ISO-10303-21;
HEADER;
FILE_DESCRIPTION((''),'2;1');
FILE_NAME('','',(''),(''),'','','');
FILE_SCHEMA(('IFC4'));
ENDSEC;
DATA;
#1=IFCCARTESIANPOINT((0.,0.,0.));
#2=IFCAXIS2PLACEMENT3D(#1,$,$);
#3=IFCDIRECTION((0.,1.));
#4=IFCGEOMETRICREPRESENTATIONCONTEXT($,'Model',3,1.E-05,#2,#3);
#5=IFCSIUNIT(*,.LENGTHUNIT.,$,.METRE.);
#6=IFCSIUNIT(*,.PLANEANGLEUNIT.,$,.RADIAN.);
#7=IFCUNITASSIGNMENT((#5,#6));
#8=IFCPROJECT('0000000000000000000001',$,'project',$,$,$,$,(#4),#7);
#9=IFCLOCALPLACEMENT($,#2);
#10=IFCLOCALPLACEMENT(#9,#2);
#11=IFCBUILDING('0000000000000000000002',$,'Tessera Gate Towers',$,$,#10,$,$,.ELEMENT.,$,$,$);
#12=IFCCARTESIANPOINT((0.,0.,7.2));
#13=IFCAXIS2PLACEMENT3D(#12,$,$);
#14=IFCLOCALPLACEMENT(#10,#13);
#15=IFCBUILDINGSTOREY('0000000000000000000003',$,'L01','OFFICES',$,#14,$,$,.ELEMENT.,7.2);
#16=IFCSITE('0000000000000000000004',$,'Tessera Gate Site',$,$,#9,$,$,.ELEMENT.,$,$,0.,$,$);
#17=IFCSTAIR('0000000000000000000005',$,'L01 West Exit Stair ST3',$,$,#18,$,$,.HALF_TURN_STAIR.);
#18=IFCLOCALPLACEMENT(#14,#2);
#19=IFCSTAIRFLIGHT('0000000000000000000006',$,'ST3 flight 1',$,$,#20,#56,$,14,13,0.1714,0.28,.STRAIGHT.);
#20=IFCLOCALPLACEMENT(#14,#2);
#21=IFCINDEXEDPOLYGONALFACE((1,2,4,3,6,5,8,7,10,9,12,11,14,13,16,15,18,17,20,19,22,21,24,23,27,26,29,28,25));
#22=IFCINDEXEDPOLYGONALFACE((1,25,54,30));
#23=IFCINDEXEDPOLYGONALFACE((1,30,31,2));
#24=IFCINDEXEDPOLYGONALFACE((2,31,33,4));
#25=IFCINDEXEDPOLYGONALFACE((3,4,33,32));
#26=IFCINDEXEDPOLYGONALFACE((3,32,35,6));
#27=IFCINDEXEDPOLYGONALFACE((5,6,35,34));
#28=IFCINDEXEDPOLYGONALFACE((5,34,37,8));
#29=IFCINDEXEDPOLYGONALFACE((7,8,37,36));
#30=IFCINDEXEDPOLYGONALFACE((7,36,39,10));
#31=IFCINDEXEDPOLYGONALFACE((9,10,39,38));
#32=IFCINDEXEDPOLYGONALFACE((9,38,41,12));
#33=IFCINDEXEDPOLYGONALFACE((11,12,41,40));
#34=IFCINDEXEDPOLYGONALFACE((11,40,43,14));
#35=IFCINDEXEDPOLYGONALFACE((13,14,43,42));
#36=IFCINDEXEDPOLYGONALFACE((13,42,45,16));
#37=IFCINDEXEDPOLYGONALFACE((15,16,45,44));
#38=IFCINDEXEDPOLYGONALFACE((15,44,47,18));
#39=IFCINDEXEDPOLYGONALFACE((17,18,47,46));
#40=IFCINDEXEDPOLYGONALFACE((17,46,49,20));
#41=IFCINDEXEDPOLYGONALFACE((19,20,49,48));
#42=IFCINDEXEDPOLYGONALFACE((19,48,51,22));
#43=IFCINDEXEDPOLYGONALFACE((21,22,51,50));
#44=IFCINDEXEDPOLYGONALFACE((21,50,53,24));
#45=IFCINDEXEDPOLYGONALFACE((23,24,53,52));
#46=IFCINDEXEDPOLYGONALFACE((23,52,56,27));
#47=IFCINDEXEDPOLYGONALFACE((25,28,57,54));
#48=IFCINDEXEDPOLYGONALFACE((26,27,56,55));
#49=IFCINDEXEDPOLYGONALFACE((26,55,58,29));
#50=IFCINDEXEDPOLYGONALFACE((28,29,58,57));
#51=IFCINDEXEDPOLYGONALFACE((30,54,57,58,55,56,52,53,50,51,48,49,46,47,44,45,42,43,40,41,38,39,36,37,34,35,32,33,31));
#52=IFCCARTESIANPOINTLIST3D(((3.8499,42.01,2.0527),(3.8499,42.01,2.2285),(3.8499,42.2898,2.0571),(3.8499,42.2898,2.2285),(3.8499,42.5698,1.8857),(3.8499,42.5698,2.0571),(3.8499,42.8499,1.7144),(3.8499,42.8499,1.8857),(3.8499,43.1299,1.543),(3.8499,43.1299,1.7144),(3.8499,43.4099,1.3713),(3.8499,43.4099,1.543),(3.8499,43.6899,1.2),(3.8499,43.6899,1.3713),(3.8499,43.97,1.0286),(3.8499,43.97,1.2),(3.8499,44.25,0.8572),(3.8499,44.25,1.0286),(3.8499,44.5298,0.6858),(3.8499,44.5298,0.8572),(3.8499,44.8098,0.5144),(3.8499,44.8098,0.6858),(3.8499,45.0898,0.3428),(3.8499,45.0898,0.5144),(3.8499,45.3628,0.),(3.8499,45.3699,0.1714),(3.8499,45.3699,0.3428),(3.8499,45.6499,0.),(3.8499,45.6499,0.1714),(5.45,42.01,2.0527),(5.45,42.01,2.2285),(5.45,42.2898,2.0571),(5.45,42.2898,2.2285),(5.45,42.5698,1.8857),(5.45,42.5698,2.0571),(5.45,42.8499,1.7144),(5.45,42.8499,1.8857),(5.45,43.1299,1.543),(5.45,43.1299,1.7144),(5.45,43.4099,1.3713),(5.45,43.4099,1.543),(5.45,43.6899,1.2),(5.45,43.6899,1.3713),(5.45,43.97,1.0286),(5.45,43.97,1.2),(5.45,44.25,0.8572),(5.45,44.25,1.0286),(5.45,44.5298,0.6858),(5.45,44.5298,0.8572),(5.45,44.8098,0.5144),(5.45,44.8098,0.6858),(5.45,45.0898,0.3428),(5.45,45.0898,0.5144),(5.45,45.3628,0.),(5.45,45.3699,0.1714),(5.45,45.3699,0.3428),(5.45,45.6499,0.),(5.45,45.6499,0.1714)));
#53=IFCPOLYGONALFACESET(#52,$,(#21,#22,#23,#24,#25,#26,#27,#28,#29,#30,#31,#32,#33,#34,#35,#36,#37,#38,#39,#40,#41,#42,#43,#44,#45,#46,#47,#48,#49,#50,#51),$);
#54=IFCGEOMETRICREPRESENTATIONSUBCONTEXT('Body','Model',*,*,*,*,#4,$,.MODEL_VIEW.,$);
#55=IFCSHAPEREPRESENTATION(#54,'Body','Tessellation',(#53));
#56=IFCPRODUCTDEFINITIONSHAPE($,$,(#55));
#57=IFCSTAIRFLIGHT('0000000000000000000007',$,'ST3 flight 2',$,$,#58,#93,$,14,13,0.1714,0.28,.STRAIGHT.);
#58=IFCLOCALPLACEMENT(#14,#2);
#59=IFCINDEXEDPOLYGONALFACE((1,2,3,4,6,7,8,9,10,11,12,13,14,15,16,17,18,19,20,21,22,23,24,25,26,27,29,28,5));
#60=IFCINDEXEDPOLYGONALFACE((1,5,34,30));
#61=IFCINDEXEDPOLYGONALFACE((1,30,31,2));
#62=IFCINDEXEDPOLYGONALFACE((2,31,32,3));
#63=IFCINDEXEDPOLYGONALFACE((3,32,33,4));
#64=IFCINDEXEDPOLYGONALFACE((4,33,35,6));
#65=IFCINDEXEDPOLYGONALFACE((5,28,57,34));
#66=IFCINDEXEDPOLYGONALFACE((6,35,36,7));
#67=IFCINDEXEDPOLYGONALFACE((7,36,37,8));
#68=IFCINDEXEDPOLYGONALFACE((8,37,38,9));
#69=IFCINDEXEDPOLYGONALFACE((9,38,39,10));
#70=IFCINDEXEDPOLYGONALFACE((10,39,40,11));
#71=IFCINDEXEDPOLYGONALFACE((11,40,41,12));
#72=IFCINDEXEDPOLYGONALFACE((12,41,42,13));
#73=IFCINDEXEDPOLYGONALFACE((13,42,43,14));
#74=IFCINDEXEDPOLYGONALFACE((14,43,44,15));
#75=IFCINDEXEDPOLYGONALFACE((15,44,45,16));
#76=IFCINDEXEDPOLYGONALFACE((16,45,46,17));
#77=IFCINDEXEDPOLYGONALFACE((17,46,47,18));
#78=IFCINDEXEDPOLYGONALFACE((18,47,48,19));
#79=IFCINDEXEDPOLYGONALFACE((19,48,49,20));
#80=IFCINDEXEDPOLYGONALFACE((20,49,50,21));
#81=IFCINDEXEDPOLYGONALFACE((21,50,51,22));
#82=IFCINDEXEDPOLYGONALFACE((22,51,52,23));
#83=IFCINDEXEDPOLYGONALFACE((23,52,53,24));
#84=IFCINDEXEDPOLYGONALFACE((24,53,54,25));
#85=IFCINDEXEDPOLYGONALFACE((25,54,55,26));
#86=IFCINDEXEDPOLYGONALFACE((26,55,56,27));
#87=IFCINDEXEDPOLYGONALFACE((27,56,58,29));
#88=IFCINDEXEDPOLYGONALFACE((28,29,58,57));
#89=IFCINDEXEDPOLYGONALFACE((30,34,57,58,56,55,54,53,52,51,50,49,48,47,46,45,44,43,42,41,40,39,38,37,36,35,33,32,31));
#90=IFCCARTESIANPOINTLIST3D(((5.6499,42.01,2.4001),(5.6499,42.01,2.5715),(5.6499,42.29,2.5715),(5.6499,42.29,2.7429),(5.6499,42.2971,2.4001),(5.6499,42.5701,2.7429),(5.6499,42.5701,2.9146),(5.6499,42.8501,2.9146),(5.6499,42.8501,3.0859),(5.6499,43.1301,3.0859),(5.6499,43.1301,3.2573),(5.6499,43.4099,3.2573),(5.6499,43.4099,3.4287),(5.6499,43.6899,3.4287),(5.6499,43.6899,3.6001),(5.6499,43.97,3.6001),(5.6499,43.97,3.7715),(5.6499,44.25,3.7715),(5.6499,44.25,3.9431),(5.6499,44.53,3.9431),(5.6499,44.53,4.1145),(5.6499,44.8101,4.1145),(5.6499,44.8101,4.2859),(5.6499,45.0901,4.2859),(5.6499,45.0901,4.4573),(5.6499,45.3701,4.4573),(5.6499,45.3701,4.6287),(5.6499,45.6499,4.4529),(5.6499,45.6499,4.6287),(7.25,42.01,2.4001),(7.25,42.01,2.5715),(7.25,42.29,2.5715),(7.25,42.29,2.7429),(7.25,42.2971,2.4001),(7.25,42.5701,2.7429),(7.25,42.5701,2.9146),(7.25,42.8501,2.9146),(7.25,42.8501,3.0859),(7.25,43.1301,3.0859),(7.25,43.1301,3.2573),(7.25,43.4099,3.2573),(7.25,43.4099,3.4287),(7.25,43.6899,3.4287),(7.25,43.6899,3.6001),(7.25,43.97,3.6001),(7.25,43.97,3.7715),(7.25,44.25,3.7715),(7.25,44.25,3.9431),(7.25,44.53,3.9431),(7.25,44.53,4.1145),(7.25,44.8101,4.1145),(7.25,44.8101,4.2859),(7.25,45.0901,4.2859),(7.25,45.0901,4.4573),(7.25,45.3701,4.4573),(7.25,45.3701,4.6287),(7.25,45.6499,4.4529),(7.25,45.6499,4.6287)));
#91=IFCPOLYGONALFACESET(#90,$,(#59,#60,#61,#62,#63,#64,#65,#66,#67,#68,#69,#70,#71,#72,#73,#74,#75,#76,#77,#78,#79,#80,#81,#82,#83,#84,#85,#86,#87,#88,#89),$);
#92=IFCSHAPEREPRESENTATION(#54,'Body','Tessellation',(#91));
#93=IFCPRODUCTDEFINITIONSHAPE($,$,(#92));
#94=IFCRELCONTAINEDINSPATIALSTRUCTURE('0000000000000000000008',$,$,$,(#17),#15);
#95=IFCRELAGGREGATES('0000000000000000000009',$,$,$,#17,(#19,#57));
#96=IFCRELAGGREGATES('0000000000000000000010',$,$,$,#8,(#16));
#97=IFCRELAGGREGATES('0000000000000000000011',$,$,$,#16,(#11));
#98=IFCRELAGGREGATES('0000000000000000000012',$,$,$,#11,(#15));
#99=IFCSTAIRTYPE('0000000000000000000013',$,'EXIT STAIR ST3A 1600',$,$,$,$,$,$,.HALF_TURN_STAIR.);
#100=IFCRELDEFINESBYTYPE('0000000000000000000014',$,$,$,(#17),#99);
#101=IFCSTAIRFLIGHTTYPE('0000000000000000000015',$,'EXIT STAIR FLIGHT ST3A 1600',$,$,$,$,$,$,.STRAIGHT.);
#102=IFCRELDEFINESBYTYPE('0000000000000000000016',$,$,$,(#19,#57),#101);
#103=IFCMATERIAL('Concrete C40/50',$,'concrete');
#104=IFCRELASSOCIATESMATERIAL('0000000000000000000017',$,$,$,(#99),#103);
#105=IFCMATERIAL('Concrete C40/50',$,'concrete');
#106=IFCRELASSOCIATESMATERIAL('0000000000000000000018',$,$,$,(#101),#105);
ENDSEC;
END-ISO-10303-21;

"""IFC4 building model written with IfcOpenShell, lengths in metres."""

from ifc_helpers import new_model, si_unit, direction, frame, origin, place, context, subcontext, project, spatial, polyline, outline, extrude, material, type_object, element, aggregate, save


model = new_model("IFC4")

# Units and contexts
model_context = context("Model", 3, precision=1e-05, world=origin(), true_north=direction((0.0, 1.0)))
body_context = subcontext(model_context, "Body", "Model", "MODEL_VIEW")
ifc_project = project(units=[si_unit("LENGTHUNIT", "METRE"), si_unit("PLANEANGLEUNIT", "RADIAN")], contexts=[model_context])

# Site, building, storey
site_placement = place(None, origin())
site = spatial("IfcSite", under=ifc_project, at=site_placement, Name="Tessera Gate Site", CompositionType="ELEMENT", RefElevation=0.0)
building_placement = place(site_placement, origin())
building = spatial("IfcBuilding", under=site, at=building_placement, Name="Tessera Gate Towers", CompositionType="ELEMENT")
storey_placement = place(building_placement, frame((0.0, 0.0, 7.2)))
storey = spatial("IfcBuildingStorey", under=building, at=storey_placement, Name="L01", Description="OFFICES", CompositionType="ELEMENT", Elevation=7.2)

# Stair, stair flights
ifc_material_1 = material(Name="Concrete C40/50", Category="concrete")
stair_type = type_object("IfcStairType", Name="EXIT STAIR ST3A 1600", PredefinedType="HALF_TURN_STAIR", material=ifc_material_1)
stair_placement = place(storey_placement, origin())
stair = element("IfcStair", 1, at=stair_placement, inside=storey, type_object=stair_type, Name="L01 West Exit Stair ST3", PredefinedType="HALF_TURN_STAIR")
ifc_material_2 = material(Name="Concrete C40/50", Category="concrete")
stair_flight_type = type_object("IfcStairFlightType", Name="EXIT STAIR FLIGHT ST3A 1600", PredefinedType="STRAIGHT", material=ifc_material_2)
stair_flight_1_placement = place(storey_placement, frame((4.6499, 45.6499, 0.0), z_axis=(0.0, 0.0, 1.0), x_axis=(0.0, -1.0, 0.0)))
stair_flight_1 = element("IfcStairFlight", 2, at=stair_flight_1_placement, type_object=stair_flight_type, Name="ST3 flight 1", NumberOfRisers=14, NumberOfTreads=13, PredefinedType="STRAIGHT", RiserHeight=0.1714, TreadLength=0.28, context=body_context, shape_type="SweptSolid", body=[
    extrude(outline(polyline([(0.0, 0.0), (0.0, 0.1714), (0.28, 0.1714), (0.28, 0.3428), (0.5601, 0.3428), (0.5601, 0.5144), (0.8401, 0.5144), (0.8401, 0.6858), (1.1201, 0.6858), (1.1201, 0.8572), (1.3999, 0.8572), (1.3999, 1.0286), (1.6799, 1.0286), (1.6799, 1.2), (1.96, 1.2), (1.96, 1.3713), (2.24, 1.3713), (2.24, 1.543), (2.52, 1.543), (2.52, 1.7144), (2.8, 1.7144), (2.8, 1.8857), (3.0801, 1.8857), (3.0801, 2.0571), (3.3601, 2.0571), (3.3601, 2.2285), (3.6399, 2.2285), (3.6399, 2.3999), (3.6399, 2.0527), (0.2871, 0.0), (0.0, 0.0)])), frame((0.0, 0.8, 0.0), z_axis=(0.0, -1.0, 0.0), x_axis=(1.0, 0.0, 0.0)), (0.0, 0.0, 1.0), 1.6001),
])
stair_flight_2_placement = place(storey_placement, frame((6.45, 42.01, 2.4001), z_axis=(0.0, 0.0, 1.0), x_axis=(0.0, 1.0, 0.0)))
stair_flight_2 = element("IfcStairFlight", 3, at=stair_flight_2_placement, type_object=stair_flight_type, Name="ST3 flight 2", NumberOfRisers=14, NumberOfTreads=13, PredefinedType="STRAIGHT", RiserHeight=0.1714, TreadLength=0.28, context=body_context, shape_type="SweptSolid", body=[
    extrude(outline(polyline([(0.0, 0.0), (0.0, 0.1714), (0.28, 0.1714), (0.28, 0.3428), (0.5601, 0.3428), (0.5601, 0.5144), (0.8401, 0.5144), (0.8401, 0.6858), (1.1201, 0.6858), (1.1201, 0.8572), (1.3999, 0.8572), (1.3999, 1.0286), (1.6799, 1.0286), (1.6799, 1.2), (1.96, 1.2), (1.96, 1.3713), (2.24, 1.3713), (2.24, 1.543), (2.52, 1.543), (2.52, 1.7144), (2.8, 1.7144), (2.8, 1.8857), (3.0801, 1.8857), (3.0801, 2.0571), (3.3601, 2.0571), (3.3601, 2.2285), (3.6399, 2.2285), (3.6399, 2.3999), (3.6399, 2.0527), (0.2871, 0.0), (0.0, 0.0)])), frame((0.0, 0.8, 0.0), z_axis=(0.0, -1.0, 0.0), x_axis=(1.0, 0.0, 0.0)), (0.0, 0.0, 1.0), 1.6001),
])
aggregate(stair, [stair_flight_1, stair_flight_2])

save(model, "model.ifc")
